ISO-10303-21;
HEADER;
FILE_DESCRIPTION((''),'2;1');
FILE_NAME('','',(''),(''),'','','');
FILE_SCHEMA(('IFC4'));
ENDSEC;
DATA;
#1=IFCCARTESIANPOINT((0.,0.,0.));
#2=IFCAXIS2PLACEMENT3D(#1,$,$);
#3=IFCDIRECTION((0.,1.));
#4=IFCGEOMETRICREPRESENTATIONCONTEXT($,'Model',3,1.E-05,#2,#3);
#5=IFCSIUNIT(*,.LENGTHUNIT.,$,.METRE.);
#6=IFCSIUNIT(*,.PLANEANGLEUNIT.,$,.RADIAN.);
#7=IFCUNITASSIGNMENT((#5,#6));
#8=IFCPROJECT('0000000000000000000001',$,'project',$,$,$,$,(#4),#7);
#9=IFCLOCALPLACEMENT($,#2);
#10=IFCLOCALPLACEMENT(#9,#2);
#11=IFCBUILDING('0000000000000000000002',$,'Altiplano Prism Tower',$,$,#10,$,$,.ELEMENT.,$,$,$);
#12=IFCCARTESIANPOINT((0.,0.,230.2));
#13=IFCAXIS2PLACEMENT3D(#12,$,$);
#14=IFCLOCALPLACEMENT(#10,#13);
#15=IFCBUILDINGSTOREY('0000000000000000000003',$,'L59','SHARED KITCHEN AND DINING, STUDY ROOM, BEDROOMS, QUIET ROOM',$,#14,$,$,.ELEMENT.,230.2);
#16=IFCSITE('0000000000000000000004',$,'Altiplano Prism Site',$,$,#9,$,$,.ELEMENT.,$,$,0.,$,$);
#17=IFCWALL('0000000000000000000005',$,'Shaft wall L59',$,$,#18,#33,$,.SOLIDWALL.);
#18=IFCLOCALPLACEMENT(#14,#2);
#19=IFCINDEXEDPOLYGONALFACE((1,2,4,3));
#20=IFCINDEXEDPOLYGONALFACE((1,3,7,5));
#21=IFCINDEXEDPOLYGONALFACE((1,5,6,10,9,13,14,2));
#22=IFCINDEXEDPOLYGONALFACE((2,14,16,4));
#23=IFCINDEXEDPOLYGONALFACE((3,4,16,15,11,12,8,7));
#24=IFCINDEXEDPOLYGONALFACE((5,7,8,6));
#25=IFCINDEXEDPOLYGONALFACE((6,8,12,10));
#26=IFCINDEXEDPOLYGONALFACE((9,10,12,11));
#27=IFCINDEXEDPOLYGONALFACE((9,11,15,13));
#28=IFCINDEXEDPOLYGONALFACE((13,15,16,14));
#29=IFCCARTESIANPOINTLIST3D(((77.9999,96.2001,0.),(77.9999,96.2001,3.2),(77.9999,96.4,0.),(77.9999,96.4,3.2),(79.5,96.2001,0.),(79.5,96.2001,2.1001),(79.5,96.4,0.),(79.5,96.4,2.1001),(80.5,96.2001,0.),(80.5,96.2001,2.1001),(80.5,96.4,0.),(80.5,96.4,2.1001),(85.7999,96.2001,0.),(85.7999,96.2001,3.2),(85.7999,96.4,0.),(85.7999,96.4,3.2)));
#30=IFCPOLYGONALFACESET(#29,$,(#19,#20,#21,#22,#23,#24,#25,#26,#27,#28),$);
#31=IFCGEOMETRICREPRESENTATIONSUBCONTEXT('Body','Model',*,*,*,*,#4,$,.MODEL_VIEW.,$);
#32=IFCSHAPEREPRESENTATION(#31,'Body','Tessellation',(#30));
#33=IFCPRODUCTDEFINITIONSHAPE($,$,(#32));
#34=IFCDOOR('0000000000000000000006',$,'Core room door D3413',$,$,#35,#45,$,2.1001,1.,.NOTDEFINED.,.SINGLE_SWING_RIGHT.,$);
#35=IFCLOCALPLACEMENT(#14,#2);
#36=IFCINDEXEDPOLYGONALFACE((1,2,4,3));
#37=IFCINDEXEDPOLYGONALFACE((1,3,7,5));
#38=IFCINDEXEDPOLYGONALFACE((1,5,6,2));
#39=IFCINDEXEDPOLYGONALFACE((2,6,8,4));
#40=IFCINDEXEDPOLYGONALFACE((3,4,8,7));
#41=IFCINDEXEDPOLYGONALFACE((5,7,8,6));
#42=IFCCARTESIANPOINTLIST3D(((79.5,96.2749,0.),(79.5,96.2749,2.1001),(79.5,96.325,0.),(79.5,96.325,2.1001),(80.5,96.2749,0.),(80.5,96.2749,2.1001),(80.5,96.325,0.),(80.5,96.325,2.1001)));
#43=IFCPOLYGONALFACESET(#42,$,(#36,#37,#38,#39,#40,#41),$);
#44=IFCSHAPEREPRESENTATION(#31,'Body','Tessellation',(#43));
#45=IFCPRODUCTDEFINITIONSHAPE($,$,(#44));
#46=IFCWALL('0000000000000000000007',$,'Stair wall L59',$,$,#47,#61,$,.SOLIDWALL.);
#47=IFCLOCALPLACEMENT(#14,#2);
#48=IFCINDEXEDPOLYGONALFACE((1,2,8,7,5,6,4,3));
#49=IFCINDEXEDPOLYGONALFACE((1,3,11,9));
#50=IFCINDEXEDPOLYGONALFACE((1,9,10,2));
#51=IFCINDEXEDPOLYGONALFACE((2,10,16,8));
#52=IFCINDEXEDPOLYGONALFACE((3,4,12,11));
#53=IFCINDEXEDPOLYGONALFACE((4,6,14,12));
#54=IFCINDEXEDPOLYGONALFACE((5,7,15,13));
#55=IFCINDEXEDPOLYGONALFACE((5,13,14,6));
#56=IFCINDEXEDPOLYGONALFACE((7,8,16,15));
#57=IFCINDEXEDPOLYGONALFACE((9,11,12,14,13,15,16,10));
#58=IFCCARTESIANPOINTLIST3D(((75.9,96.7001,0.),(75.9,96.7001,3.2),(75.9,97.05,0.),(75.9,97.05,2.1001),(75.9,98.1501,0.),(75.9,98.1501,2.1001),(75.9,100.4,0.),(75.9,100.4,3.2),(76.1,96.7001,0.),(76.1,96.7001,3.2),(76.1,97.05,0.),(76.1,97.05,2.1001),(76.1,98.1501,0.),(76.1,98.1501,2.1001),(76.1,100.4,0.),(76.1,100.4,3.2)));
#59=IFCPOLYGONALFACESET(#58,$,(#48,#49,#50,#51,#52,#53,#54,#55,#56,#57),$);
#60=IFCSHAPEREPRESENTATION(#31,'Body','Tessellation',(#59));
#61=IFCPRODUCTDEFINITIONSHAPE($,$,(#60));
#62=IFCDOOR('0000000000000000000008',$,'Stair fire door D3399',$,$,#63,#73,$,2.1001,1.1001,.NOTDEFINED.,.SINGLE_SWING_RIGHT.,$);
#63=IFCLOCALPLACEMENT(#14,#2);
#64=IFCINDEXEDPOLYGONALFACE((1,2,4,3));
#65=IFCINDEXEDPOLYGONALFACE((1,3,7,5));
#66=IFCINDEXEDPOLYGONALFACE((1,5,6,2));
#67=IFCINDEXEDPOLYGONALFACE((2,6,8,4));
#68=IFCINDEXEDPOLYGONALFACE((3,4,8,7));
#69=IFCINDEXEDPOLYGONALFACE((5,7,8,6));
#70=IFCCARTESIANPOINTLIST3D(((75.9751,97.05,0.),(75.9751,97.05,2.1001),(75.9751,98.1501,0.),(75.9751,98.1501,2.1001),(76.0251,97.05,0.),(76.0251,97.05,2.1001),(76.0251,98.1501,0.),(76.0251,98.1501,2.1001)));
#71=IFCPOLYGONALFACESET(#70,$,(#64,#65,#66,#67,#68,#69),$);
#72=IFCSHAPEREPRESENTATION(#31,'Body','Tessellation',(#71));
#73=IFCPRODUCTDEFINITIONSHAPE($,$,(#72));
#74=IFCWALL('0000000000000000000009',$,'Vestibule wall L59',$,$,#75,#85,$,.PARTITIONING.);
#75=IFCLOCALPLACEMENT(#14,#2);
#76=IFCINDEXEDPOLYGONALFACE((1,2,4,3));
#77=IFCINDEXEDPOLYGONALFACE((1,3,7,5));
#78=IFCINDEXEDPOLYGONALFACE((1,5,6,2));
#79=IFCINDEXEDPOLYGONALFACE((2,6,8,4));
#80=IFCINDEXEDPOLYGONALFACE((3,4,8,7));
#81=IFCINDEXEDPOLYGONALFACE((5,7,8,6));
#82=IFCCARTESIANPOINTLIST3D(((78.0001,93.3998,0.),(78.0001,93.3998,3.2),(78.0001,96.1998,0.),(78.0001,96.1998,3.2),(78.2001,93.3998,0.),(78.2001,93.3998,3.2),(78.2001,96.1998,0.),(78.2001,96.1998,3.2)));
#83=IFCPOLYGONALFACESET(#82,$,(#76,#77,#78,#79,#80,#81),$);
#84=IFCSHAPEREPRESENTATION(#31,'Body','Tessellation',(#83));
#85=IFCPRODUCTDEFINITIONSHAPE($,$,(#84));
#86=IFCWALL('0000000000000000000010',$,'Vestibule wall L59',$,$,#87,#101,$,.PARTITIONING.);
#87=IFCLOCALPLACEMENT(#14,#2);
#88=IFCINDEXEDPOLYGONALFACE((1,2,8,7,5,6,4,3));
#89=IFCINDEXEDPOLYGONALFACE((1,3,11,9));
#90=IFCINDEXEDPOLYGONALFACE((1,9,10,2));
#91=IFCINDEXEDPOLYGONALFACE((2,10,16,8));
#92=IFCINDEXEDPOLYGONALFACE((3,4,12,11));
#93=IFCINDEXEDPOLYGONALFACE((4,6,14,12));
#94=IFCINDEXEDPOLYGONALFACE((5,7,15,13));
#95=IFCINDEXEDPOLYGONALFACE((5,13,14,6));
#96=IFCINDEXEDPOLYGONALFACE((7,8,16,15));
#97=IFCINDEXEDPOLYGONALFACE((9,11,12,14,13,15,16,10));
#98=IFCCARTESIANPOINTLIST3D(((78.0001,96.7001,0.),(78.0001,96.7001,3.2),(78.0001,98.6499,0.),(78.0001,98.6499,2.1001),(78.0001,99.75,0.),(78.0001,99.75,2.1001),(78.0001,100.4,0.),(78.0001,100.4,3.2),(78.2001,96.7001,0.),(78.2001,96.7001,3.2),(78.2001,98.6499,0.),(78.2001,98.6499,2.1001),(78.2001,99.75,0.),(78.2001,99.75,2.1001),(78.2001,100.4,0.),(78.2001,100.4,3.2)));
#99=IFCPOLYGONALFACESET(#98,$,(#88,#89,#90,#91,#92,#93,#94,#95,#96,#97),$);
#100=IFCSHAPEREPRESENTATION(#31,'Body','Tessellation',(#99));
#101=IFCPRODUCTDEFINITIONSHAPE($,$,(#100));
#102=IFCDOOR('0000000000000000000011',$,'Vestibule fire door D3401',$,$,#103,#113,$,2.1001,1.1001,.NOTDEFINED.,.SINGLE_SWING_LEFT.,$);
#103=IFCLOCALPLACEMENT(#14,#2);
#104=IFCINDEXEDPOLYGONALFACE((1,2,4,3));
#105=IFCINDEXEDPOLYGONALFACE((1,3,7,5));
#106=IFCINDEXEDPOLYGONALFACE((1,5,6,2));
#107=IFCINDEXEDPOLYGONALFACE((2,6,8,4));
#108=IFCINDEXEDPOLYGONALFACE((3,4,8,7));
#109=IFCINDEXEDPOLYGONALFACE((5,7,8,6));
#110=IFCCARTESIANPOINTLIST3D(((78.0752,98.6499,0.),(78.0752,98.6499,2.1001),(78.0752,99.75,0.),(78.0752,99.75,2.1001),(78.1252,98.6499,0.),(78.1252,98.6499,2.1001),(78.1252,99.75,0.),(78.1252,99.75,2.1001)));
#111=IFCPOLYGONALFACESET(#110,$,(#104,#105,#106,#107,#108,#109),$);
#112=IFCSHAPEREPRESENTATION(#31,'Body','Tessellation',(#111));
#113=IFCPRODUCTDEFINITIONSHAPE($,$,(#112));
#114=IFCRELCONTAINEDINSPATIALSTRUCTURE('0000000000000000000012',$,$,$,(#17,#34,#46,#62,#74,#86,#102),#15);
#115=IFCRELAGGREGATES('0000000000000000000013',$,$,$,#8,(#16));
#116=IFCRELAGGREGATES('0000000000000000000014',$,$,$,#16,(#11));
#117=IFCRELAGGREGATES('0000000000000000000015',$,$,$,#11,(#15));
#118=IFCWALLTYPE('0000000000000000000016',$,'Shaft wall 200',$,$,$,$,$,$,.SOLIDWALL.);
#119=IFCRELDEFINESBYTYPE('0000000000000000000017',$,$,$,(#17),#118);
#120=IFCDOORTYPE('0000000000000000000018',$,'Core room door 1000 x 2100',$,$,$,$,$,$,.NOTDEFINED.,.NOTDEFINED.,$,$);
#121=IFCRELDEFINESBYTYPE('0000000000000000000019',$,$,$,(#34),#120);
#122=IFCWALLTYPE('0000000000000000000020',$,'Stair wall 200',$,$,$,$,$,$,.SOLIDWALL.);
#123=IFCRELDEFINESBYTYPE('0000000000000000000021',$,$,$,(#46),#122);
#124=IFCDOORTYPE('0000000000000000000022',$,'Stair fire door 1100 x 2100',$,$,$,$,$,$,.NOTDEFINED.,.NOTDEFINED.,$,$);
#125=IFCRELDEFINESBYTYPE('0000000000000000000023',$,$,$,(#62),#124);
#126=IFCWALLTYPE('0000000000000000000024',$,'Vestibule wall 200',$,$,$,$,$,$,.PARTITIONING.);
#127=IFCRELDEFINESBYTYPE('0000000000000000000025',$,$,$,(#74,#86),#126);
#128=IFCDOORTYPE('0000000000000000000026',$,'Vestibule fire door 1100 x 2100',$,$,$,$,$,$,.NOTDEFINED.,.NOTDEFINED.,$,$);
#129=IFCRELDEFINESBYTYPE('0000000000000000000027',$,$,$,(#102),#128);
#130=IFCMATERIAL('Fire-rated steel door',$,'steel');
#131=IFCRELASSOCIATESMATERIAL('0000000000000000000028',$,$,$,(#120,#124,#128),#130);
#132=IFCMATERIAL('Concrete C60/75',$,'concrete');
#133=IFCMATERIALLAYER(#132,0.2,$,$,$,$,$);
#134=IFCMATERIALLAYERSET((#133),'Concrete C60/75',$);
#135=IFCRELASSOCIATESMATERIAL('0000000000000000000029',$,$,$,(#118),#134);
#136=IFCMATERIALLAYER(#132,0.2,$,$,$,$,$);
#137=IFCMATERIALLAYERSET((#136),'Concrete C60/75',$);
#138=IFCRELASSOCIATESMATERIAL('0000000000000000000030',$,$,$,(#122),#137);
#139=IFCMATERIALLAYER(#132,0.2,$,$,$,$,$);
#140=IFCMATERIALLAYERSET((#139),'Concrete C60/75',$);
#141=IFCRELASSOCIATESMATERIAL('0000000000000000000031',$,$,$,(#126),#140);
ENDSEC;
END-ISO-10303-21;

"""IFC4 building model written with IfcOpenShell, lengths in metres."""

from ifc_helpers import new_model, si_unit, direction, frame, frame_2d, origin, place, context, subcontext, project, spatial, rectangle, extrude, material, layer, layer_set, type_object, element, fill, save


model = new_model("IFC4")

# Units and contexts
model_context = context("Model", 3, precision=1e-05, world=origin(), true_north=direction((0.0, 1.0)))
body_context = subcontext(model_context, "Body", "Model", "MODEL_VIEW")
ifc_project = project(units=[si_unit("LENGTHUNIT", "METRE"), si_unit("PLANEANGLEUNIT", "RADIAN")], contexts=[model_context])

# Site, building, storey
site_placement = place(None, origin())
site = spatial("IfcSite", under=ifc_project, at=site_placement, Name="Altiplano Prism Site", CompositionType="ELEMENT", RefElevation=0.0)
building_placement = place(site_placement, origin())
building = spatial("IfcBuilding", under=site, at=building_placement, Name="Altiplano Prism Tower", CompositionType="ELEMENT")
storey_placement = place(building_placement, frame((0.0, 0.0, 230.2)))
storey = spatial("IfcBuildingStorey", under=building, at=storey_placement, Name="L59", Description="SHARED KITCHEN AND DINING, STUDY ROOM, BEDROOMS, QUIET ROOM", CompositionType="ELEMENT", Elevation=230.2)

# Shared definitions
ifc_material_1 = material(Name="Concrete C60/75", Category="concrete")
ifc_material_2 = material(Name="Fire-rated steel door", Category="steel")
door_type_1 = type_object("IfcDoorType", Name="Core room door 1000 x 2100", OperationType="NOTDEFINED", PredefinedType="NOTDEFINED", material=ifc_material_2)

# Walls, openings, doors
ifc_layer_1 = layer(ifc_material_1, 0.2)
ifc_layer_set_1 = layer_set([ifc_layer_1], Name="Concrete C60/75")
wall_type_1 = type_object("IfcWallType", Name="Shaft wall 200", PredefinedType="SOLIDWALL", material=ifc_layer_set_1)
wall_1_placement = place(storey_placement, frame((78.0, 96.3, 0.0), z_axis=(0.0, 0.0, 1.0), x_axis=(1.0, 0.0, 0.0)))
wall_1 = element("IfcWall", 1, at=wall_1_placement, inside=storey, type_object=wall_type_1, Name="Shaft wall L59", PredefinedType="SOLIDWALL", context=body_context, shape_type="SweptSolid", body=[
    extrude(rectangle(XDim=7.8, YDim=0.2, at=frame_2d((3.8999, 0.0))), origin(), (0.0, 0.0, 1.0), 3.2),
])
opening_1_placement = place(wall_1_placement, frame((1.5, 0.0, 0.0)))
opening_1 = element("IfcOpeningElement", 2, at=opening_1_placement, cuts=wall_1, PredefinedType="OPENING", context=body_context, shape_type="SweptSolid", body=[
    extrude(rectangle(XDim=1.0, YDim=2.1001, at=frame_2d((0.5, 1.05))), frame((0.0, 0.1104, 0.0), z_axis=(0.0, -1.0, 0.0), x_axis=(1.0, 0.0, 0.0)), (0.0, 0.0, 1.0), 0.2209),
])
door_1_placement = place(opening_1_placement, origin())
door_1 = element("IfcDoor", 3, at=door_1_placement, inside=storey, type_object=door_type_1, Name="Core room door D3413", OperationType="SINGLE_SWING_RIGHT", OverallHeight=2.1001, OverallWidth=1.0, PredefinedType="NOTDEFINED", context=body_context, shape_type="SweptSolid", body=[
    extrude(rectangle(XDim=1.0, YDim=2.1001, at=frame_2d((0.5, 1.05))), frame((0.0, 0.0249, 0.0), z_axis=(0.0, -1.0, 0.0), x_axis=(1.0, 0.0, 0.0)), (0.0, 0.0, 1.0), 0.05),
])
fill(opening_1, door_1)
ifc_layer_2 = layer(ifc_material_1, 0.2)
ifc_layer_set_2 = layer_set([ifc_layer_2], Name="Concrete C60/75")
wall_type_2 = type_object("IfcWallType", Name="Stair wall 200", PredefinedType="SOLIDWALL", material=ifc_layer_set_2)
wall_2_placement = place(storey_placement, frame((76.0, 96.7, 0.0), z_axis=(0.0, 0.0, 1.0), x_axis=(0.0, 1.0, 0.0)))
wall_2 = element("IfcWall", 4, at=wall_2_placement, inside=storey, type_object=wall_type_2, Name="Stair wall L59", PredefinedType="SOLIDWALL", context=body_context, shape_type="SweptSolid", body=[
    extrude(rectangle(XDim=3.7, YDim=0.2, at=frame_2d((1.8501, 0.0))), origin(), (0.0, 0.0, 1.0), 3.2),
])
opening_2_placement = place(wall_2_placement, frame((0.3501, 0.0, 0.0)))
opening_2 = element("IfcOpeningElement", 5, at=opening_2_placement, cuts=wall_2, PredefinedType="OPENING", context=body_context, shape_type="SweptSolid", body=[
    extrude(rectangle(XDim=1.1001, YDim=2.1001, at=frame_2d((0.55, 1.05))), frame((0.0, 0.1104, 0.0), z_axis=(0.0, -1.0, 0.0), x_axis=(1.0, 0.0, 0.0)), (0.0, 0.0, 1.0), 0.2209),
])
door_type_2 = type_object("IfcDoorType", Name="Stair fire door 1100 x 2100", OperationType="NOTDEFINED", PredefinedType="NOTDEFINED", material=ifc_material_2)
door_2_placement = place(opening_2_placement, origin())
door_2 = element("IfcDoor", 6, at=door_2_placement, inside=storey, type_object=door_type_2, Name="Stair fire door D3399", OperationType="SINGLE_SWING_RIGHT", OverallHeight=2.1001, OverallWidth=1.1001, PredefinedType="NOTDEFINED", context=body_context, shape_type="SweptSolid", body=[
    extrude(rectangle(XDim=1.1001, YDim=2.1001, at=frame_2d((0.55, 1.05))), frame((0.0, 0.0249, 0.0), z_axis=(0.0, -1.0, 0.0), x_axis=(1.0, 0.0, 0.0)), (0.0, 0.0, 1.0), 0.05),
])
fill(opening_2, door_2)

# Wall
ifc_layer_3 = layer(ifc_material_1, 0.2)
ifc_layer_set_3 = layer_set([ifc_layer_3], Name="Concrete C60/75")
wall_type_3 = type_object("IfcWallType", Name="Vestibule wall 200", PredefinedType="PARTITIONING", material=ifc_layer_set_3)
wall_3_placement = place(storey_placement, frame((78.1001, 93.3999, 0.0), z_axis=(0.0, 0.0, 1.0), x_axis=(0.0, 1.0, 0.0)))
element("IfcWall", 7, at=wall_3_placement, inside=storey, type_object=wall_type_3, Name="Vestibule wall L59", PredefinedType="PARTITIONING", context=body_context, shape_type="SweptSolid", body=[
    extrude(rectangle(XDim=2.8, YDim=0.2, at=frame_2d((1.3999, 0.0))), origin(), (0.0, 0.0, 1.0), 3.2),
])

# Wall, opening, door
wall_4_placement = place(storey_placement, frame((78.1001, 96.7, 0.0), z_axis=(0.0, 0.0, 1.0), x_axis=(0.0, 1.0, 0.0)))
wall_4 = element("IfcWall", 8, at=wall_4_placement, inside=storey, type_object=wall_type_3, Name="Vestibule wall L59", PredefinedType="PARTITIONING", context=body_context, shape_type="SweptSolid", body=[
    extrude(rectangle(XDim=3.7, YDim=0.2, at=frame_2d((1.8501, 0.0))), origin(), (0.0, 0.0, 1.0), 3.2),
])
opening_3_placement = place(wall_4_placement, frame((1.95, 0.0, 0.0)))
opening_3 = element("IfcOpeningElement", 9, at=opening_3_placement, cuts=wall_4, PredefinedType="OPENING", context=body_context, shape_type="SweptSolid", body=[
    extrude(rectangle(XDim=1.1001, YDim=2.1001, at=frame_2d((0.55, 1.05))), frame((0.0, 0.1104, 0.0), z_axis=(0.0, -1.0, 0.0), x_axis=(1.0, 0.0, 0.0)), (0.0, 0.0, 1.0), 0.2209),
])
door_type_3 = type_object("IfcDoorType", Name="Vestibule fire door 1100 x 2100", OperationType="NOTDEFINED", PredefinedType="NOTDEFINED", material=ifc_material_2)
door_3_placement = place(opening_3_placement, origin())
door_3 = element("IfcDoor", 10, at=door_3_placement, inside=storey, type_object=door_type_3, Name="Vestibule fire door D3401", OperationType="SINGLE_SWING_LEFT", OverallHeight=2.1001, OverallWidth=1.1001, PredefinedType="NOTDEFINED", context=body_context, shape_type="SweptSolid", body=[
    extrude(rectangle(XDim=1.1001, YDim=2.1001, at=frame_2d((0.55, 1.05))), frame((0.0, 0.0249, 0.0), z_axis=(0.0, -1.0, 0.0), x_axis=(1.0, 0.0, 0.0)), (0.0, 0.0, 1.0), 0.05),
])
fill(opening_3, door_3)

save(model, "model.ifc")
